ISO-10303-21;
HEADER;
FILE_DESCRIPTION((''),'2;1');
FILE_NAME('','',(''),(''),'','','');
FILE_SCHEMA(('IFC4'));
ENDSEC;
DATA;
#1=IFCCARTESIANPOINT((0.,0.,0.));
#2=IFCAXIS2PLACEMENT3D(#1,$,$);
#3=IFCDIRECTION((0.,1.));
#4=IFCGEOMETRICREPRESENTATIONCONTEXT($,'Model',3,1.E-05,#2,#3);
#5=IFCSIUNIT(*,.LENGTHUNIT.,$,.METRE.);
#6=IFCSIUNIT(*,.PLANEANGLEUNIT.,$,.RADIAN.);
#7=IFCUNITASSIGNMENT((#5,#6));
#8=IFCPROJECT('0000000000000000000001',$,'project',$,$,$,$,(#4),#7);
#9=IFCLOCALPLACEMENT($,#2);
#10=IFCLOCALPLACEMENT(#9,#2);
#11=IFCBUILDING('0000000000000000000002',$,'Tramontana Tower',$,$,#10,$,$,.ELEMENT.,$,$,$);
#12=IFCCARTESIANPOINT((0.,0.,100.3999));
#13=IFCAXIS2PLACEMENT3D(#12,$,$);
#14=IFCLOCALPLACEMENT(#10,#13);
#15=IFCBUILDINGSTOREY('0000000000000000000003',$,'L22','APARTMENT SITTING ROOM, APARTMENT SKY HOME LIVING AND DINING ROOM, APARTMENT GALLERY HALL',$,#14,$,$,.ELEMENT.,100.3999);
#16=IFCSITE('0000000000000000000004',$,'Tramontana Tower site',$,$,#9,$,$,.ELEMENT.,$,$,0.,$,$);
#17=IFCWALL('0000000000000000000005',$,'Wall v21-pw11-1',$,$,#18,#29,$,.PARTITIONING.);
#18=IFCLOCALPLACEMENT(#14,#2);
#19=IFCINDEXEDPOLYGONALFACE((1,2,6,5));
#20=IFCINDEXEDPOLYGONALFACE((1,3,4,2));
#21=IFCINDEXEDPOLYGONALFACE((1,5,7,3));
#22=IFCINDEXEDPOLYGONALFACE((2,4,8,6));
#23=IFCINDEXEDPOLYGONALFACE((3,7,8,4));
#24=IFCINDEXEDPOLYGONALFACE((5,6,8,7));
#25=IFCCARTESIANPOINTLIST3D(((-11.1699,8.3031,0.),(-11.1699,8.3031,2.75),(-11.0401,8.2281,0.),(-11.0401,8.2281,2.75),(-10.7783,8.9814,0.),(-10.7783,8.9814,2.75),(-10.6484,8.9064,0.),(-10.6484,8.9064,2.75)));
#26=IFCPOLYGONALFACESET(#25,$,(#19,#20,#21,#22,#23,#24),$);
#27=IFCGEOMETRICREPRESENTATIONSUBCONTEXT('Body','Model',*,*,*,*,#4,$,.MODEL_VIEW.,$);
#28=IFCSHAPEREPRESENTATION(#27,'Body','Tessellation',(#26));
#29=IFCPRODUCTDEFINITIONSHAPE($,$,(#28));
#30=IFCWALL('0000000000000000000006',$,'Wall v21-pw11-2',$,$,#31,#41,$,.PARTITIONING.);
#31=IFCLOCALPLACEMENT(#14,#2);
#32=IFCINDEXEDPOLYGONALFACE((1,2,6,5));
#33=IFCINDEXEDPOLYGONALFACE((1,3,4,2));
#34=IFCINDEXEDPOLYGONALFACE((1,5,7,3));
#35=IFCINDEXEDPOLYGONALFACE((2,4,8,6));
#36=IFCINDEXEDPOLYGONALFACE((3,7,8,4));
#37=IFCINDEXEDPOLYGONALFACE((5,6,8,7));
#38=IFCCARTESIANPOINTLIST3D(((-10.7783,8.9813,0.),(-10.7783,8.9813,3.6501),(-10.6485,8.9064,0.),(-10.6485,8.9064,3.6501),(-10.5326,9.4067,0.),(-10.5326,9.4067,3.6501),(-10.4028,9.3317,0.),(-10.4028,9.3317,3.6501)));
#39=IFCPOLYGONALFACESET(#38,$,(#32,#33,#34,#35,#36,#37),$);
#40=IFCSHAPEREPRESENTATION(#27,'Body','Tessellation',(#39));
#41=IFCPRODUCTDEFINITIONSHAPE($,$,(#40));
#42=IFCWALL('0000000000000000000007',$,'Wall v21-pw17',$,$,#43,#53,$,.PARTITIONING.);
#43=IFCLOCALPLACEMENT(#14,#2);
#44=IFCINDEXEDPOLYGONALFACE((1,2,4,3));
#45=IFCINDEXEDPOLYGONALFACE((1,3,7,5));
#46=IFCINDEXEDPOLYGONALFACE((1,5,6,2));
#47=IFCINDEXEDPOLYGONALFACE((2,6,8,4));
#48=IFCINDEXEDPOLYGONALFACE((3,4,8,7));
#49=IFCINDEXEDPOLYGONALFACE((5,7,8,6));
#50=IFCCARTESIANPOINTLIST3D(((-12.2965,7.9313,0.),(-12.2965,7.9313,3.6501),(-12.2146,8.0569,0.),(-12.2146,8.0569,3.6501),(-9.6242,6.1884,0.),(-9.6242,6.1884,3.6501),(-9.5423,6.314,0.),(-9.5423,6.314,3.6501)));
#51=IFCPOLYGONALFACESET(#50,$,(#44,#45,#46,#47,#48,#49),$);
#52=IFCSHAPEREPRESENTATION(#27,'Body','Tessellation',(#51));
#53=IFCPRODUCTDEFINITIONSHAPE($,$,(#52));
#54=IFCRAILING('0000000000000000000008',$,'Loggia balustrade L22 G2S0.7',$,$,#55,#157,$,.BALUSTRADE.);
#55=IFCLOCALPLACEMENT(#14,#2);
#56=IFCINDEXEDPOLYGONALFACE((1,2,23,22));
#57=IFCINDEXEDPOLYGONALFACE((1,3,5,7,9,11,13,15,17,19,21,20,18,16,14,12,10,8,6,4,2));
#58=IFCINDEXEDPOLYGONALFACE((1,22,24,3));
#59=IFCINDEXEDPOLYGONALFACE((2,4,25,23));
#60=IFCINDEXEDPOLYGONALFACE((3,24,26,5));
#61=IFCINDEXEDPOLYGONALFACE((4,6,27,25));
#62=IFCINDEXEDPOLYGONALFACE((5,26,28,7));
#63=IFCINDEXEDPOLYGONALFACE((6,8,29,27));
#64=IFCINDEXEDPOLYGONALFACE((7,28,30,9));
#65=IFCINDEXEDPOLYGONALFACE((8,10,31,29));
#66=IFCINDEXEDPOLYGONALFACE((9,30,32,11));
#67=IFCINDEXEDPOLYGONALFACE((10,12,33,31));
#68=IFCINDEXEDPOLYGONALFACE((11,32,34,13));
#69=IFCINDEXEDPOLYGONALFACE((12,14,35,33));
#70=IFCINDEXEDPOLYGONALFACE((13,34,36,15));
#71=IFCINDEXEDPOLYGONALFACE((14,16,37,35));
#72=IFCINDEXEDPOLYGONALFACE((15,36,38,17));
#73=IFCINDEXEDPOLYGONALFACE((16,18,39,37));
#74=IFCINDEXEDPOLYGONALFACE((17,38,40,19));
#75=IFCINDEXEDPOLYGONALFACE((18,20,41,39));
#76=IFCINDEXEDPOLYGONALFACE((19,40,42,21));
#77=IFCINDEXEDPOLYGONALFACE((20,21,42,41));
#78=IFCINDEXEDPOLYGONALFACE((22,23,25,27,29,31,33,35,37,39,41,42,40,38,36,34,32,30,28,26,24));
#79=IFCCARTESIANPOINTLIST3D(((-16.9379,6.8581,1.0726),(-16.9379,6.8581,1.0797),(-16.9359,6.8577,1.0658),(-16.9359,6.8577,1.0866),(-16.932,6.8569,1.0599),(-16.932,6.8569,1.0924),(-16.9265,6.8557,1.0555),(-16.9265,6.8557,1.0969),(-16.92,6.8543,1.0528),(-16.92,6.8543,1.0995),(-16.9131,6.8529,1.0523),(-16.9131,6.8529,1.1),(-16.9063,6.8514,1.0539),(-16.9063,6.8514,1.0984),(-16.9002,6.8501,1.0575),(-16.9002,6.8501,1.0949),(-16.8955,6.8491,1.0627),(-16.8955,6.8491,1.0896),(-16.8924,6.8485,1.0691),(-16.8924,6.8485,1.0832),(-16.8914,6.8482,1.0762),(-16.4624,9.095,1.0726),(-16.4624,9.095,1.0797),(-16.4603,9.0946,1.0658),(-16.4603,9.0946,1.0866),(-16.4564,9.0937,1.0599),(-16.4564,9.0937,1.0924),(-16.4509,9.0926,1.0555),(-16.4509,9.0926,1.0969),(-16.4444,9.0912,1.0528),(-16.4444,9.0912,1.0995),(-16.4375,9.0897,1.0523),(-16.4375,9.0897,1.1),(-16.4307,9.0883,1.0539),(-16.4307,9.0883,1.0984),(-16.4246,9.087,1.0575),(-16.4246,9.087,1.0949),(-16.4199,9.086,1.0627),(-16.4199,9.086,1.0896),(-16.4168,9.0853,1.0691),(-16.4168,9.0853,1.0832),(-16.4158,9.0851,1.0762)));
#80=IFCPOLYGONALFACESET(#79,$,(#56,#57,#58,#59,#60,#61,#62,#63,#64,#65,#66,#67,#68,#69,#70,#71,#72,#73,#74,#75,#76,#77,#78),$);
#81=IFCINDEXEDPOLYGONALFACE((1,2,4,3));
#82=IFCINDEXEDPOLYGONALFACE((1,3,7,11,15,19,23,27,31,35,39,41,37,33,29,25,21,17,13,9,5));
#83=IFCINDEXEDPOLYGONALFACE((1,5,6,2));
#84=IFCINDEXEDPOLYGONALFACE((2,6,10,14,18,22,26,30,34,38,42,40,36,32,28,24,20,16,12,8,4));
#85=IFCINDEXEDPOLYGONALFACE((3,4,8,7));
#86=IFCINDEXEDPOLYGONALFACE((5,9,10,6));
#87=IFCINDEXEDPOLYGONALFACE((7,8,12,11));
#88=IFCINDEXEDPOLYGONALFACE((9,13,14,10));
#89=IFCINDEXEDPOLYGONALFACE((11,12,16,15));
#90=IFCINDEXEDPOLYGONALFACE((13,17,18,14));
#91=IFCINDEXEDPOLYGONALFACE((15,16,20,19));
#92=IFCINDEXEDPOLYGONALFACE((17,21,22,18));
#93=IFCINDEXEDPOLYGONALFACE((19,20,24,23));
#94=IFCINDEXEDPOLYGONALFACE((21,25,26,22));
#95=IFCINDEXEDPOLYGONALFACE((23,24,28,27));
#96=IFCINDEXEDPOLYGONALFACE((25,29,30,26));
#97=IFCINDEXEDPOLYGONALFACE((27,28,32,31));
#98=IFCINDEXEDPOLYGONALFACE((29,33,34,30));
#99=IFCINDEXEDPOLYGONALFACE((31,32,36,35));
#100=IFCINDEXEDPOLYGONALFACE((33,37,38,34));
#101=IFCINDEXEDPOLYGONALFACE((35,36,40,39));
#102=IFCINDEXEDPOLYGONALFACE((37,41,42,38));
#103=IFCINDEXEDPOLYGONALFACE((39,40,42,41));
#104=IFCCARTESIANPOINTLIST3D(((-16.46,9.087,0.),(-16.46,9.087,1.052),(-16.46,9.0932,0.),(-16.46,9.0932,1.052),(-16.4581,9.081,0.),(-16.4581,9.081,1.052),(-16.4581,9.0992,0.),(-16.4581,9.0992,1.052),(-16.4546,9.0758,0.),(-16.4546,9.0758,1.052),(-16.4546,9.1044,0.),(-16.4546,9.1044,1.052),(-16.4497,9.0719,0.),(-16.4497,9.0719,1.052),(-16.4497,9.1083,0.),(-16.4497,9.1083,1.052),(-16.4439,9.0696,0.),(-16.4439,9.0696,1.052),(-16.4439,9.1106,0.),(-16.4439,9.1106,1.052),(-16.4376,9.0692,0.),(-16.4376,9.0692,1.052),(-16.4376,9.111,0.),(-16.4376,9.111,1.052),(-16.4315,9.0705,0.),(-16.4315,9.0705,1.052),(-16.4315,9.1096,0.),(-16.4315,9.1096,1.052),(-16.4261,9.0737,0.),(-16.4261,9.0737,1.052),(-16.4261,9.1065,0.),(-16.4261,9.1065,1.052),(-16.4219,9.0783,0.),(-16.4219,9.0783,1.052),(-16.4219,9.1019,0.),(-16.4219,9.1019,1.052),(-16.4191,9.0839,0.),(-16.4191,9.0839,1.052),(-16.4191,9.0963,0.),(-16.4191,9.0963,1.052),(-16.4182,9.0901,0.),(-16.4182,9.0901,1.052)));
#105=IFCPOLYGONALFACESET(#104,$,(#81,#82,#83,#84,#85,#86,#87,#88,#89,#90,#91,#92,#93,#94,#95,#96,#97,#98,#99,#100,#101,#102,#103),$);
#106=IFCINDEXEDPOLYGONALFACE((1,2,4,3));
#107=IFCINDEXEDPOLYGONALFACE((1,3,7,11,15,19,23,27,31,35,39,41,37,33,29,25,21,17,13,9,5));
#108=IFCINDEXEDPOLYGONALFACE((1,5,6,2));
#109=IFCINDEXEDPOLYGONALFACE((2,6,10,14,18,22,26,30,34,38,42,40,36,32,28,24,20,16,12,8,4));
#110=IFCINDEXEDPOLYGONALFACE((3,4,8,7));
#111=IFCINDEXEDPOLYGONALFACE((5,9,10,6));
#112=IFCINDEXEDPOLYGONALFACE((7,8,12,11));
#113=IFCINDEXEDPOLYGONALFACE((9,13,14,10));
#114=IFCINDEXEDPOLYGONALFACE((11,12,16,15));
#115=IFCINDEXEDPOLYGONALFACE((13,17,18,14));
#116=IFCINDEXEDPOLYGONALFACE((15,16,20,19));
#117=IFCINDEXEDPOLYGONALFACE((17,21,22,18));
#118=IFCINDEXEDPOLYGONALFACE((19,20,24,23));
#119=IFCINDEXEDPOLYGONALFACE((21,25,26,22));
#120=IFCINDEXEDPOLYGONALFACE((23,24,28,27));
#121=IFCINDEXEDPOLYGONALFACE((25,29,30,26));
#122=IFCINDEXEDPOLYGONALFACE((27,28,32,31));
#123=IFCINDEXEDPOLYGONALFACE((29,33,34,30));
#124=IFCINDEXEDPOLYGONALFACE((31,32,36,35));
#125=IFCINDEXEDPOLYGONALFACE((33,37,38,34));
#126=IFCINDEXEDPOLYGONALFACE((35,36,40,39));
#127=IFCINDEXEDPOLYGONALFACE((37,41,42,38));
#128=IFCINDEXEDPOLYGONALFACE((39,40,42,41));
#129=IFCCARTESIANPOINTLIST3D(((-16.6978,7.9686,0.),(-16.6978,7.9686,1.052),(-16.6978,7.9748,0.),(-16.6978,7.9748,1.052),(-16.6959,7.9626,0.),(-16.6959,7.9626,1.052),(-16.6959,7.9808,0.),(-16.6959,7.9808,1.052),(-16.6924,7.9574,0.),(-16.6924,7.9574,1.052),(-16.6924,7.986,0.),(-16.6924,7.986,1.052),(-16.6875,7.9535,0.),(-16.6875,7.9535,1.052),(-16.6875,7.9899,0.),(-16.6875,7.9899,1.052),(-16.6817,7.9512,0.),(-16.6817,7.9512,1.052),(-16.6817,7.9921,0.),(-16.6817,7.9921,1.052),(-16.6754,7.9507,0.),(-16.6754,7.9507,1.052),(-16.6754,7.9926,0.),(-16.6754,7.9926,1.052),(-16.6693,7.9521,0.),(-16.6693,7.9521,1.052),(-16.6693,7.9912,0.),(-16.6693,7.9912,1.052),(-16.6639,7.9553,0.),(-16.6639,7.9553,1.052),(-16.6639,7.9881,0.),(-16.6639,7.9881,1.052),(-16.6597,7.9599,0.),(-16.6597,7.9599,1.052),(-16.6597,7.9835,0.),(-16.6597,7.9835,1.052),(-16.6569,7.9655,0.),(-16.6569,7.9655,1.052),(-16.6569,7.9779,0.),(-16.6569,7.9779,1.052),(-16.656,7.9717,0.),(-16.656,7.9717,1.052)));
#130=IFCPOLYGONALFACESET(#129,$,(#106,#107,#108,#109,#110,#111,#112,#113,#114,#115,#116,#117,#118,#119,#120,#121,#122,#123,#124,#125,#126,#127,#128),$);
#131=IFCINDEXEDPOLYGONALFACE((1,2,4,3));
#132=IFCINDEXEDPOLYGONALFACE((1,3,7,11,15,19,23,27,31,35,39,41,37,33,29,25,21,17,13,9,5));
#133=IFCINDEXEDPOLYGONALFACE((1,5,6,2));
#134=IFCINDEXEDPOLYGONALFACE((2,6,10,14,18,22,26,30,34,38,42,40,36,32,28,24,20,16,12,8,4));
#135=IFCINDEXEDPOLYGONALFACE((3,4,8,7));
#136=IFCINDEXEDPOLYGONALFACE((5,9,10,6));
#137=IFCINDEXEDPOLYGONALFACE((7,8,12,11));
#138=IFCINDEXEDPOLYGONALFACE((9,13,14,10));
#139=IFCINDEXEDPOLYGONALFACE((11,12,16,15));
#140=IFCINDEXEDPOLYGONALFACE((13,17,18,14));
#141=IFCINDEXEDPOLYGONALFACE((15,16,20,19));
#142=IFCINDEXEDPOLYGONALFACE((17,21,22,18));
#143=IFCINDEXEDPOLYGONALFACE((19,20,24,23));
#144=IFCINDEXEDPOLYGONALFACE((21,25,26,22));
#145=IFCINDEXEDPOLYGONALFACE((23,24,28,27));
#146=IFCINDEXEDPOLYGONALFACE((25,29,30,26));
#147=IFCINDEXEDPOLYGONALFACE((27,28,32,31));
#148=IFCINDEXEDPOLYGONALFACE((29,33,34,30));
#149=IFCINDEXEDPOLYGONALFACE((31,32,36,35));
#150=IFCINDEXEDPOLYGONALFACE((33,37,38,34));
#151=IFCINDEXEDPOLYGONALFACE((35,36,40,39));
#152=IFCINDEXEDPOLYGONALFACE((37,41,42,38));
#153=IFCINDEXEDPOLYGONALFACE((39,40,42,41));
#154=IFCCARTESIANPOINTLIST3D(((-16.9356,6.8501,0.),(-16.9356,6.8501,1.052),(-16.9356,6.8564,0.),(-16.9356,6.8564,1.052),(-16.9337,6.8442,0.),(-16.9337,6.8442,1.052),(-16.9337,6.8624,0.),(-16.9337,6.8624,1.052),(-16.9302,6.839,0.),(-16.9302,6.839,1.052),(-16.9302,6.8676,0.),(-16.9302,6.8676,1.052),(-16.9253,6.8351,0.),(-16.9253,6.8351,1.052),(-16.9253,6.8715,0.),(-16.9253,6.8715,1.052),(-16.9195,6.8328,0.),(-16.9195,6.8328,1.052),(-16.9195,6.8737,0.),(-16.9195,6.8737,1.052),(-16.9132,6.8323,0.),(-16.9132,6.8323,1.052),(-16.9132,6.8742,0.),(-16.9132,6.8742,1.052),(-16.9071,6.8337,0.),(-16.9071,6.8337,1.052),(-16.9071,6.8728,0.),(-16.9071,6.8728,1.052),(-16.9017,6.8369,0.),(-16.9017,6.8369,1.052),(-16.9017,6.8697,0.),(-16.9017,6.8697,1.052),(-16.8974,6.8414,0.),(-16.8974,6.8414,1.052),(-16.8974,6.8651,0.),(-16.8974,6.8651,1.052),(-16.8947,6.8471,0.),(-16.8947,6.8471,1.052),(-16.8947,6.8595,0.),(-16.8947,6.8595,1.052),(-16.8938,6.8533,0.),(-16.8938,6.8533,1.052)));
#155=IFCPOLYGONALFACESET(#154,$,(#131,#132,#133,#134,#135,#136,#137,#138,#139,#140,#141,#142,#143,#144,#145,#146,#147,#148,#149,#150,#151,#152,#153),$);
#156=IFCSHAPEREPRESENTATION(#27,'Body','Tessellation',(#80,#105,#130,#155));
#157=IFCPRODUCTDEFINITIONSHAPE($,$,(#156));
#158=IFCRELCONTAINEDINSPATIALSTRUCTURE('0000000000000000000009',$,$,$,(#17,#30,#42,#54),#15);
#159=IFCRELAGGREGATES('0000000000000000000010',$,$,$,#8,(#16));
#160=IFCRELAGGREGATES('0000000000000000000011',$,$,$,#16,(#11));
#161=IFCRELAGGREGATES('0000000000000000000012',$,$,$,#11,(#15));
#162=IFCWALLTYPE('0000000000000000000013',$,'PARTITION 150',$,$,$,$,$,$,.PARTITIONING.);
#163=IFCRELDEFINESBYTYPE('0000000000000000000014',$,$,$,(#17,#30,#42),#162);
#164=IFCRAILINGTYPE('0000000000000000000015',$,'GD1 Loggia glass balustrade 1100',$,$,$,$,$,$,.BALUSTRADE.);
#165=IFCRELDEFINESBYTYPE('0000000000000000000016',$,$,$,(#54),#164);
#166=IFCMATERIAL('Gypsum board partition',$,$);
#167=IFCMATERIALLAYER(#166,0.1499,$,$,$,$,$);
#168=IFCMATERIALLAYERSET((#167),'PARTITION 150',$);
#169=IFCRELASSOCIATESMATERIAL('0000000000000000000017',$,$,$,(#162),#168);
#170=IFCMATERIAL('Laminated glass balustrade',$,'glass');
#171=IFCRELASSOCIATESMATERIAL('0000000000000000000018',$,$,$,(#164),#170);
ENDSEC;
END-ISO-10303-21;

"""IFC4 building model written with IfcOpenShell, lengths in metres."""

from ifc_helpers import new_model, si_unit, direction, frame, frame_2d, origin, origin_2d, place, context, subcontext, project, spatial, rectangle, circle, extrude, material, layer, layer_set, type_object, element, save


model = new_model("IFC4")

# Units and contexts
model_context = context("Model", 3, precision=1e-05, world=origin(), true_north=direction((0.0, 1.0)))
body_context = subcontext(model_context, "Body", "Model", "MODEL_VIEW")
ifc_project = project(units=[si_unit("LENGTHUNIT", "METRE"), si_unit("PLANEANGLEUNIT", "RADIAN")], contexts=[model_context])

# Site, building, storey
site_placement = place(None, origin())
site = spatial("IfcSite", under=ifc_project, at=site_placement, Name="Tramontana Tower site", CompositionType="ELEMENT", RefElevation=0.0)
building_placement = place(site_placement, origin())
building = spatial("IfcBuilding", under=site, at=building_placement, Name="Tramontana Tower", CompositionType="ELEMENT")
storey_placement = place(building_placement, frame((0.0, 0.0, 100.3999)))
storey = spatial("IfcBuildingStorey", under=building, at=storey_placement, Name="L22", Description="APARTMENT SITTING ROOM, APARTMENT SKY HOME LIVING AND DINING ROOM, APARTMENT GALLERY HALL", CompositionType="ELEMENT", Elevation=100.3999)

# Shared definitions
ifc_material_1 = material(Name="Gypsum board partition")
ifc_layer_1 = layer(ifc_material_1, 0.1499)
ifc_layer_set_1 = layer_set([ifc_layer_1], Name="PARTITION 150")
wall_type_1 = type_object("IfcWallType", Name="PARTITION 150", PredefinedType="PARTITIONING", material=ifc_layer_set_1)

# Walls
wall_1_placement = place(storey_placement, frame((-11.105, 8.2656, 0.0), z_axis=(0.0, 0.0, 1.0), x_axis=(0.500028, 0.866009, 0.0)))
element("IfcWall", 1, at=wall_1_placement, inside=storey, type_object=wall_type_1, Name="Wall v21-pw11-1", PredefinedType="PARTITIONING", context=body_context, shape_type="SweptSolid", body=[
    extrude(rectangle(XDim=0.7832, YDim=0.1499, at=frame_2d((0.3916, 0.0))), origin(), (0.0, 0.0, 1.0), 2.75),
])
wall_2_placement = place(storey_placement, frame((-10.7134, 8.9438, 0.0), z_axis=(0.0, 0.0, 1.0), x_axis=(0.500095, 0.86597, 0.0)))
element("IfcWall", 2, at=wall_2_placement, inside=storey, type_object=wall_type_1, Name="Wall v21-pw11-2", PredefinedType="PARTITIONING", context=body_context, shape_type="SweptSolid", body=[
    extrude(rectangle(XDim=0.4912, YDim=0.1499, at=frame_2d((0.2456, 0.0))), origin(), (0.0, 0.0, 1.0), 3.6501),
])
wall_3_placement = place(storey_placement, frame((-9.5833, 6.2512, 0.0), z_axis=(0.0, 0.0, 1.0), x_axis=(-0.8376, 0.546284, 0.0)))
element("IfcWall", 3, at=wall_3_placement, inside=storey, type_object=wall_type_1, Name="Wall v21-pw17", PredefinedType="PARTITIONING", context=body_context, shape_type="SweptSolid", body=[
    extrude(rectangle(XDim=3.1904, YDim=0.1499, at=frame_2d((1.5952, 0.0))), origin(), (0.0, 0.0, 1.0), 3.6501),
])

# Railing
ifc_material_2 = material(Name="Laminated glass balustrade", Category="glass")
railing_type = type_object("IfcRailingType", Name="GD1 Loggia glass balustrade 1100", PredefinedType="BALUSTRADE", material=ifc_material_2)
railing_placement = place(storey_placement, frame((-16.4392, 9.0901, 0.0)))
element("IfcRailing", 4, at=railing_placement, inside=storey, type_object=railing_type, Name="Loggia balustrade L22 G2S0.7", PredefinedType="BALUSTRADE", context=body_context, shape_type="SweptSolid", body=[
    extrude(circle(Radius=0.0239, at=origin_2d()), frame((0.0, 0.0, 1.0762), z_axis=(-0.207969, -0.978136, 0.0), x_axis=(0.978136, -0.207969, 0.0)), (0.0, 0.0, 1.0), 2.2869),
    extrude(circle(Radius=0.021, at=origin_2d()), origin(), (0.0, 0.0, 1.0), 1.052),
    extrude(circle(Radius=0.021, at=origin_2d()), frame((-0.2378, -1.1184, 0.0)), (0.0, 0.0, 1.0), 1.052),
    extrude(circle(Radius=0.021, at=origin_2d()), frame((-0.4756, -2.2368, 0.0)), (0.0, 0.0, 1.0), 1.052),
])

save(model, "model.ifc")
